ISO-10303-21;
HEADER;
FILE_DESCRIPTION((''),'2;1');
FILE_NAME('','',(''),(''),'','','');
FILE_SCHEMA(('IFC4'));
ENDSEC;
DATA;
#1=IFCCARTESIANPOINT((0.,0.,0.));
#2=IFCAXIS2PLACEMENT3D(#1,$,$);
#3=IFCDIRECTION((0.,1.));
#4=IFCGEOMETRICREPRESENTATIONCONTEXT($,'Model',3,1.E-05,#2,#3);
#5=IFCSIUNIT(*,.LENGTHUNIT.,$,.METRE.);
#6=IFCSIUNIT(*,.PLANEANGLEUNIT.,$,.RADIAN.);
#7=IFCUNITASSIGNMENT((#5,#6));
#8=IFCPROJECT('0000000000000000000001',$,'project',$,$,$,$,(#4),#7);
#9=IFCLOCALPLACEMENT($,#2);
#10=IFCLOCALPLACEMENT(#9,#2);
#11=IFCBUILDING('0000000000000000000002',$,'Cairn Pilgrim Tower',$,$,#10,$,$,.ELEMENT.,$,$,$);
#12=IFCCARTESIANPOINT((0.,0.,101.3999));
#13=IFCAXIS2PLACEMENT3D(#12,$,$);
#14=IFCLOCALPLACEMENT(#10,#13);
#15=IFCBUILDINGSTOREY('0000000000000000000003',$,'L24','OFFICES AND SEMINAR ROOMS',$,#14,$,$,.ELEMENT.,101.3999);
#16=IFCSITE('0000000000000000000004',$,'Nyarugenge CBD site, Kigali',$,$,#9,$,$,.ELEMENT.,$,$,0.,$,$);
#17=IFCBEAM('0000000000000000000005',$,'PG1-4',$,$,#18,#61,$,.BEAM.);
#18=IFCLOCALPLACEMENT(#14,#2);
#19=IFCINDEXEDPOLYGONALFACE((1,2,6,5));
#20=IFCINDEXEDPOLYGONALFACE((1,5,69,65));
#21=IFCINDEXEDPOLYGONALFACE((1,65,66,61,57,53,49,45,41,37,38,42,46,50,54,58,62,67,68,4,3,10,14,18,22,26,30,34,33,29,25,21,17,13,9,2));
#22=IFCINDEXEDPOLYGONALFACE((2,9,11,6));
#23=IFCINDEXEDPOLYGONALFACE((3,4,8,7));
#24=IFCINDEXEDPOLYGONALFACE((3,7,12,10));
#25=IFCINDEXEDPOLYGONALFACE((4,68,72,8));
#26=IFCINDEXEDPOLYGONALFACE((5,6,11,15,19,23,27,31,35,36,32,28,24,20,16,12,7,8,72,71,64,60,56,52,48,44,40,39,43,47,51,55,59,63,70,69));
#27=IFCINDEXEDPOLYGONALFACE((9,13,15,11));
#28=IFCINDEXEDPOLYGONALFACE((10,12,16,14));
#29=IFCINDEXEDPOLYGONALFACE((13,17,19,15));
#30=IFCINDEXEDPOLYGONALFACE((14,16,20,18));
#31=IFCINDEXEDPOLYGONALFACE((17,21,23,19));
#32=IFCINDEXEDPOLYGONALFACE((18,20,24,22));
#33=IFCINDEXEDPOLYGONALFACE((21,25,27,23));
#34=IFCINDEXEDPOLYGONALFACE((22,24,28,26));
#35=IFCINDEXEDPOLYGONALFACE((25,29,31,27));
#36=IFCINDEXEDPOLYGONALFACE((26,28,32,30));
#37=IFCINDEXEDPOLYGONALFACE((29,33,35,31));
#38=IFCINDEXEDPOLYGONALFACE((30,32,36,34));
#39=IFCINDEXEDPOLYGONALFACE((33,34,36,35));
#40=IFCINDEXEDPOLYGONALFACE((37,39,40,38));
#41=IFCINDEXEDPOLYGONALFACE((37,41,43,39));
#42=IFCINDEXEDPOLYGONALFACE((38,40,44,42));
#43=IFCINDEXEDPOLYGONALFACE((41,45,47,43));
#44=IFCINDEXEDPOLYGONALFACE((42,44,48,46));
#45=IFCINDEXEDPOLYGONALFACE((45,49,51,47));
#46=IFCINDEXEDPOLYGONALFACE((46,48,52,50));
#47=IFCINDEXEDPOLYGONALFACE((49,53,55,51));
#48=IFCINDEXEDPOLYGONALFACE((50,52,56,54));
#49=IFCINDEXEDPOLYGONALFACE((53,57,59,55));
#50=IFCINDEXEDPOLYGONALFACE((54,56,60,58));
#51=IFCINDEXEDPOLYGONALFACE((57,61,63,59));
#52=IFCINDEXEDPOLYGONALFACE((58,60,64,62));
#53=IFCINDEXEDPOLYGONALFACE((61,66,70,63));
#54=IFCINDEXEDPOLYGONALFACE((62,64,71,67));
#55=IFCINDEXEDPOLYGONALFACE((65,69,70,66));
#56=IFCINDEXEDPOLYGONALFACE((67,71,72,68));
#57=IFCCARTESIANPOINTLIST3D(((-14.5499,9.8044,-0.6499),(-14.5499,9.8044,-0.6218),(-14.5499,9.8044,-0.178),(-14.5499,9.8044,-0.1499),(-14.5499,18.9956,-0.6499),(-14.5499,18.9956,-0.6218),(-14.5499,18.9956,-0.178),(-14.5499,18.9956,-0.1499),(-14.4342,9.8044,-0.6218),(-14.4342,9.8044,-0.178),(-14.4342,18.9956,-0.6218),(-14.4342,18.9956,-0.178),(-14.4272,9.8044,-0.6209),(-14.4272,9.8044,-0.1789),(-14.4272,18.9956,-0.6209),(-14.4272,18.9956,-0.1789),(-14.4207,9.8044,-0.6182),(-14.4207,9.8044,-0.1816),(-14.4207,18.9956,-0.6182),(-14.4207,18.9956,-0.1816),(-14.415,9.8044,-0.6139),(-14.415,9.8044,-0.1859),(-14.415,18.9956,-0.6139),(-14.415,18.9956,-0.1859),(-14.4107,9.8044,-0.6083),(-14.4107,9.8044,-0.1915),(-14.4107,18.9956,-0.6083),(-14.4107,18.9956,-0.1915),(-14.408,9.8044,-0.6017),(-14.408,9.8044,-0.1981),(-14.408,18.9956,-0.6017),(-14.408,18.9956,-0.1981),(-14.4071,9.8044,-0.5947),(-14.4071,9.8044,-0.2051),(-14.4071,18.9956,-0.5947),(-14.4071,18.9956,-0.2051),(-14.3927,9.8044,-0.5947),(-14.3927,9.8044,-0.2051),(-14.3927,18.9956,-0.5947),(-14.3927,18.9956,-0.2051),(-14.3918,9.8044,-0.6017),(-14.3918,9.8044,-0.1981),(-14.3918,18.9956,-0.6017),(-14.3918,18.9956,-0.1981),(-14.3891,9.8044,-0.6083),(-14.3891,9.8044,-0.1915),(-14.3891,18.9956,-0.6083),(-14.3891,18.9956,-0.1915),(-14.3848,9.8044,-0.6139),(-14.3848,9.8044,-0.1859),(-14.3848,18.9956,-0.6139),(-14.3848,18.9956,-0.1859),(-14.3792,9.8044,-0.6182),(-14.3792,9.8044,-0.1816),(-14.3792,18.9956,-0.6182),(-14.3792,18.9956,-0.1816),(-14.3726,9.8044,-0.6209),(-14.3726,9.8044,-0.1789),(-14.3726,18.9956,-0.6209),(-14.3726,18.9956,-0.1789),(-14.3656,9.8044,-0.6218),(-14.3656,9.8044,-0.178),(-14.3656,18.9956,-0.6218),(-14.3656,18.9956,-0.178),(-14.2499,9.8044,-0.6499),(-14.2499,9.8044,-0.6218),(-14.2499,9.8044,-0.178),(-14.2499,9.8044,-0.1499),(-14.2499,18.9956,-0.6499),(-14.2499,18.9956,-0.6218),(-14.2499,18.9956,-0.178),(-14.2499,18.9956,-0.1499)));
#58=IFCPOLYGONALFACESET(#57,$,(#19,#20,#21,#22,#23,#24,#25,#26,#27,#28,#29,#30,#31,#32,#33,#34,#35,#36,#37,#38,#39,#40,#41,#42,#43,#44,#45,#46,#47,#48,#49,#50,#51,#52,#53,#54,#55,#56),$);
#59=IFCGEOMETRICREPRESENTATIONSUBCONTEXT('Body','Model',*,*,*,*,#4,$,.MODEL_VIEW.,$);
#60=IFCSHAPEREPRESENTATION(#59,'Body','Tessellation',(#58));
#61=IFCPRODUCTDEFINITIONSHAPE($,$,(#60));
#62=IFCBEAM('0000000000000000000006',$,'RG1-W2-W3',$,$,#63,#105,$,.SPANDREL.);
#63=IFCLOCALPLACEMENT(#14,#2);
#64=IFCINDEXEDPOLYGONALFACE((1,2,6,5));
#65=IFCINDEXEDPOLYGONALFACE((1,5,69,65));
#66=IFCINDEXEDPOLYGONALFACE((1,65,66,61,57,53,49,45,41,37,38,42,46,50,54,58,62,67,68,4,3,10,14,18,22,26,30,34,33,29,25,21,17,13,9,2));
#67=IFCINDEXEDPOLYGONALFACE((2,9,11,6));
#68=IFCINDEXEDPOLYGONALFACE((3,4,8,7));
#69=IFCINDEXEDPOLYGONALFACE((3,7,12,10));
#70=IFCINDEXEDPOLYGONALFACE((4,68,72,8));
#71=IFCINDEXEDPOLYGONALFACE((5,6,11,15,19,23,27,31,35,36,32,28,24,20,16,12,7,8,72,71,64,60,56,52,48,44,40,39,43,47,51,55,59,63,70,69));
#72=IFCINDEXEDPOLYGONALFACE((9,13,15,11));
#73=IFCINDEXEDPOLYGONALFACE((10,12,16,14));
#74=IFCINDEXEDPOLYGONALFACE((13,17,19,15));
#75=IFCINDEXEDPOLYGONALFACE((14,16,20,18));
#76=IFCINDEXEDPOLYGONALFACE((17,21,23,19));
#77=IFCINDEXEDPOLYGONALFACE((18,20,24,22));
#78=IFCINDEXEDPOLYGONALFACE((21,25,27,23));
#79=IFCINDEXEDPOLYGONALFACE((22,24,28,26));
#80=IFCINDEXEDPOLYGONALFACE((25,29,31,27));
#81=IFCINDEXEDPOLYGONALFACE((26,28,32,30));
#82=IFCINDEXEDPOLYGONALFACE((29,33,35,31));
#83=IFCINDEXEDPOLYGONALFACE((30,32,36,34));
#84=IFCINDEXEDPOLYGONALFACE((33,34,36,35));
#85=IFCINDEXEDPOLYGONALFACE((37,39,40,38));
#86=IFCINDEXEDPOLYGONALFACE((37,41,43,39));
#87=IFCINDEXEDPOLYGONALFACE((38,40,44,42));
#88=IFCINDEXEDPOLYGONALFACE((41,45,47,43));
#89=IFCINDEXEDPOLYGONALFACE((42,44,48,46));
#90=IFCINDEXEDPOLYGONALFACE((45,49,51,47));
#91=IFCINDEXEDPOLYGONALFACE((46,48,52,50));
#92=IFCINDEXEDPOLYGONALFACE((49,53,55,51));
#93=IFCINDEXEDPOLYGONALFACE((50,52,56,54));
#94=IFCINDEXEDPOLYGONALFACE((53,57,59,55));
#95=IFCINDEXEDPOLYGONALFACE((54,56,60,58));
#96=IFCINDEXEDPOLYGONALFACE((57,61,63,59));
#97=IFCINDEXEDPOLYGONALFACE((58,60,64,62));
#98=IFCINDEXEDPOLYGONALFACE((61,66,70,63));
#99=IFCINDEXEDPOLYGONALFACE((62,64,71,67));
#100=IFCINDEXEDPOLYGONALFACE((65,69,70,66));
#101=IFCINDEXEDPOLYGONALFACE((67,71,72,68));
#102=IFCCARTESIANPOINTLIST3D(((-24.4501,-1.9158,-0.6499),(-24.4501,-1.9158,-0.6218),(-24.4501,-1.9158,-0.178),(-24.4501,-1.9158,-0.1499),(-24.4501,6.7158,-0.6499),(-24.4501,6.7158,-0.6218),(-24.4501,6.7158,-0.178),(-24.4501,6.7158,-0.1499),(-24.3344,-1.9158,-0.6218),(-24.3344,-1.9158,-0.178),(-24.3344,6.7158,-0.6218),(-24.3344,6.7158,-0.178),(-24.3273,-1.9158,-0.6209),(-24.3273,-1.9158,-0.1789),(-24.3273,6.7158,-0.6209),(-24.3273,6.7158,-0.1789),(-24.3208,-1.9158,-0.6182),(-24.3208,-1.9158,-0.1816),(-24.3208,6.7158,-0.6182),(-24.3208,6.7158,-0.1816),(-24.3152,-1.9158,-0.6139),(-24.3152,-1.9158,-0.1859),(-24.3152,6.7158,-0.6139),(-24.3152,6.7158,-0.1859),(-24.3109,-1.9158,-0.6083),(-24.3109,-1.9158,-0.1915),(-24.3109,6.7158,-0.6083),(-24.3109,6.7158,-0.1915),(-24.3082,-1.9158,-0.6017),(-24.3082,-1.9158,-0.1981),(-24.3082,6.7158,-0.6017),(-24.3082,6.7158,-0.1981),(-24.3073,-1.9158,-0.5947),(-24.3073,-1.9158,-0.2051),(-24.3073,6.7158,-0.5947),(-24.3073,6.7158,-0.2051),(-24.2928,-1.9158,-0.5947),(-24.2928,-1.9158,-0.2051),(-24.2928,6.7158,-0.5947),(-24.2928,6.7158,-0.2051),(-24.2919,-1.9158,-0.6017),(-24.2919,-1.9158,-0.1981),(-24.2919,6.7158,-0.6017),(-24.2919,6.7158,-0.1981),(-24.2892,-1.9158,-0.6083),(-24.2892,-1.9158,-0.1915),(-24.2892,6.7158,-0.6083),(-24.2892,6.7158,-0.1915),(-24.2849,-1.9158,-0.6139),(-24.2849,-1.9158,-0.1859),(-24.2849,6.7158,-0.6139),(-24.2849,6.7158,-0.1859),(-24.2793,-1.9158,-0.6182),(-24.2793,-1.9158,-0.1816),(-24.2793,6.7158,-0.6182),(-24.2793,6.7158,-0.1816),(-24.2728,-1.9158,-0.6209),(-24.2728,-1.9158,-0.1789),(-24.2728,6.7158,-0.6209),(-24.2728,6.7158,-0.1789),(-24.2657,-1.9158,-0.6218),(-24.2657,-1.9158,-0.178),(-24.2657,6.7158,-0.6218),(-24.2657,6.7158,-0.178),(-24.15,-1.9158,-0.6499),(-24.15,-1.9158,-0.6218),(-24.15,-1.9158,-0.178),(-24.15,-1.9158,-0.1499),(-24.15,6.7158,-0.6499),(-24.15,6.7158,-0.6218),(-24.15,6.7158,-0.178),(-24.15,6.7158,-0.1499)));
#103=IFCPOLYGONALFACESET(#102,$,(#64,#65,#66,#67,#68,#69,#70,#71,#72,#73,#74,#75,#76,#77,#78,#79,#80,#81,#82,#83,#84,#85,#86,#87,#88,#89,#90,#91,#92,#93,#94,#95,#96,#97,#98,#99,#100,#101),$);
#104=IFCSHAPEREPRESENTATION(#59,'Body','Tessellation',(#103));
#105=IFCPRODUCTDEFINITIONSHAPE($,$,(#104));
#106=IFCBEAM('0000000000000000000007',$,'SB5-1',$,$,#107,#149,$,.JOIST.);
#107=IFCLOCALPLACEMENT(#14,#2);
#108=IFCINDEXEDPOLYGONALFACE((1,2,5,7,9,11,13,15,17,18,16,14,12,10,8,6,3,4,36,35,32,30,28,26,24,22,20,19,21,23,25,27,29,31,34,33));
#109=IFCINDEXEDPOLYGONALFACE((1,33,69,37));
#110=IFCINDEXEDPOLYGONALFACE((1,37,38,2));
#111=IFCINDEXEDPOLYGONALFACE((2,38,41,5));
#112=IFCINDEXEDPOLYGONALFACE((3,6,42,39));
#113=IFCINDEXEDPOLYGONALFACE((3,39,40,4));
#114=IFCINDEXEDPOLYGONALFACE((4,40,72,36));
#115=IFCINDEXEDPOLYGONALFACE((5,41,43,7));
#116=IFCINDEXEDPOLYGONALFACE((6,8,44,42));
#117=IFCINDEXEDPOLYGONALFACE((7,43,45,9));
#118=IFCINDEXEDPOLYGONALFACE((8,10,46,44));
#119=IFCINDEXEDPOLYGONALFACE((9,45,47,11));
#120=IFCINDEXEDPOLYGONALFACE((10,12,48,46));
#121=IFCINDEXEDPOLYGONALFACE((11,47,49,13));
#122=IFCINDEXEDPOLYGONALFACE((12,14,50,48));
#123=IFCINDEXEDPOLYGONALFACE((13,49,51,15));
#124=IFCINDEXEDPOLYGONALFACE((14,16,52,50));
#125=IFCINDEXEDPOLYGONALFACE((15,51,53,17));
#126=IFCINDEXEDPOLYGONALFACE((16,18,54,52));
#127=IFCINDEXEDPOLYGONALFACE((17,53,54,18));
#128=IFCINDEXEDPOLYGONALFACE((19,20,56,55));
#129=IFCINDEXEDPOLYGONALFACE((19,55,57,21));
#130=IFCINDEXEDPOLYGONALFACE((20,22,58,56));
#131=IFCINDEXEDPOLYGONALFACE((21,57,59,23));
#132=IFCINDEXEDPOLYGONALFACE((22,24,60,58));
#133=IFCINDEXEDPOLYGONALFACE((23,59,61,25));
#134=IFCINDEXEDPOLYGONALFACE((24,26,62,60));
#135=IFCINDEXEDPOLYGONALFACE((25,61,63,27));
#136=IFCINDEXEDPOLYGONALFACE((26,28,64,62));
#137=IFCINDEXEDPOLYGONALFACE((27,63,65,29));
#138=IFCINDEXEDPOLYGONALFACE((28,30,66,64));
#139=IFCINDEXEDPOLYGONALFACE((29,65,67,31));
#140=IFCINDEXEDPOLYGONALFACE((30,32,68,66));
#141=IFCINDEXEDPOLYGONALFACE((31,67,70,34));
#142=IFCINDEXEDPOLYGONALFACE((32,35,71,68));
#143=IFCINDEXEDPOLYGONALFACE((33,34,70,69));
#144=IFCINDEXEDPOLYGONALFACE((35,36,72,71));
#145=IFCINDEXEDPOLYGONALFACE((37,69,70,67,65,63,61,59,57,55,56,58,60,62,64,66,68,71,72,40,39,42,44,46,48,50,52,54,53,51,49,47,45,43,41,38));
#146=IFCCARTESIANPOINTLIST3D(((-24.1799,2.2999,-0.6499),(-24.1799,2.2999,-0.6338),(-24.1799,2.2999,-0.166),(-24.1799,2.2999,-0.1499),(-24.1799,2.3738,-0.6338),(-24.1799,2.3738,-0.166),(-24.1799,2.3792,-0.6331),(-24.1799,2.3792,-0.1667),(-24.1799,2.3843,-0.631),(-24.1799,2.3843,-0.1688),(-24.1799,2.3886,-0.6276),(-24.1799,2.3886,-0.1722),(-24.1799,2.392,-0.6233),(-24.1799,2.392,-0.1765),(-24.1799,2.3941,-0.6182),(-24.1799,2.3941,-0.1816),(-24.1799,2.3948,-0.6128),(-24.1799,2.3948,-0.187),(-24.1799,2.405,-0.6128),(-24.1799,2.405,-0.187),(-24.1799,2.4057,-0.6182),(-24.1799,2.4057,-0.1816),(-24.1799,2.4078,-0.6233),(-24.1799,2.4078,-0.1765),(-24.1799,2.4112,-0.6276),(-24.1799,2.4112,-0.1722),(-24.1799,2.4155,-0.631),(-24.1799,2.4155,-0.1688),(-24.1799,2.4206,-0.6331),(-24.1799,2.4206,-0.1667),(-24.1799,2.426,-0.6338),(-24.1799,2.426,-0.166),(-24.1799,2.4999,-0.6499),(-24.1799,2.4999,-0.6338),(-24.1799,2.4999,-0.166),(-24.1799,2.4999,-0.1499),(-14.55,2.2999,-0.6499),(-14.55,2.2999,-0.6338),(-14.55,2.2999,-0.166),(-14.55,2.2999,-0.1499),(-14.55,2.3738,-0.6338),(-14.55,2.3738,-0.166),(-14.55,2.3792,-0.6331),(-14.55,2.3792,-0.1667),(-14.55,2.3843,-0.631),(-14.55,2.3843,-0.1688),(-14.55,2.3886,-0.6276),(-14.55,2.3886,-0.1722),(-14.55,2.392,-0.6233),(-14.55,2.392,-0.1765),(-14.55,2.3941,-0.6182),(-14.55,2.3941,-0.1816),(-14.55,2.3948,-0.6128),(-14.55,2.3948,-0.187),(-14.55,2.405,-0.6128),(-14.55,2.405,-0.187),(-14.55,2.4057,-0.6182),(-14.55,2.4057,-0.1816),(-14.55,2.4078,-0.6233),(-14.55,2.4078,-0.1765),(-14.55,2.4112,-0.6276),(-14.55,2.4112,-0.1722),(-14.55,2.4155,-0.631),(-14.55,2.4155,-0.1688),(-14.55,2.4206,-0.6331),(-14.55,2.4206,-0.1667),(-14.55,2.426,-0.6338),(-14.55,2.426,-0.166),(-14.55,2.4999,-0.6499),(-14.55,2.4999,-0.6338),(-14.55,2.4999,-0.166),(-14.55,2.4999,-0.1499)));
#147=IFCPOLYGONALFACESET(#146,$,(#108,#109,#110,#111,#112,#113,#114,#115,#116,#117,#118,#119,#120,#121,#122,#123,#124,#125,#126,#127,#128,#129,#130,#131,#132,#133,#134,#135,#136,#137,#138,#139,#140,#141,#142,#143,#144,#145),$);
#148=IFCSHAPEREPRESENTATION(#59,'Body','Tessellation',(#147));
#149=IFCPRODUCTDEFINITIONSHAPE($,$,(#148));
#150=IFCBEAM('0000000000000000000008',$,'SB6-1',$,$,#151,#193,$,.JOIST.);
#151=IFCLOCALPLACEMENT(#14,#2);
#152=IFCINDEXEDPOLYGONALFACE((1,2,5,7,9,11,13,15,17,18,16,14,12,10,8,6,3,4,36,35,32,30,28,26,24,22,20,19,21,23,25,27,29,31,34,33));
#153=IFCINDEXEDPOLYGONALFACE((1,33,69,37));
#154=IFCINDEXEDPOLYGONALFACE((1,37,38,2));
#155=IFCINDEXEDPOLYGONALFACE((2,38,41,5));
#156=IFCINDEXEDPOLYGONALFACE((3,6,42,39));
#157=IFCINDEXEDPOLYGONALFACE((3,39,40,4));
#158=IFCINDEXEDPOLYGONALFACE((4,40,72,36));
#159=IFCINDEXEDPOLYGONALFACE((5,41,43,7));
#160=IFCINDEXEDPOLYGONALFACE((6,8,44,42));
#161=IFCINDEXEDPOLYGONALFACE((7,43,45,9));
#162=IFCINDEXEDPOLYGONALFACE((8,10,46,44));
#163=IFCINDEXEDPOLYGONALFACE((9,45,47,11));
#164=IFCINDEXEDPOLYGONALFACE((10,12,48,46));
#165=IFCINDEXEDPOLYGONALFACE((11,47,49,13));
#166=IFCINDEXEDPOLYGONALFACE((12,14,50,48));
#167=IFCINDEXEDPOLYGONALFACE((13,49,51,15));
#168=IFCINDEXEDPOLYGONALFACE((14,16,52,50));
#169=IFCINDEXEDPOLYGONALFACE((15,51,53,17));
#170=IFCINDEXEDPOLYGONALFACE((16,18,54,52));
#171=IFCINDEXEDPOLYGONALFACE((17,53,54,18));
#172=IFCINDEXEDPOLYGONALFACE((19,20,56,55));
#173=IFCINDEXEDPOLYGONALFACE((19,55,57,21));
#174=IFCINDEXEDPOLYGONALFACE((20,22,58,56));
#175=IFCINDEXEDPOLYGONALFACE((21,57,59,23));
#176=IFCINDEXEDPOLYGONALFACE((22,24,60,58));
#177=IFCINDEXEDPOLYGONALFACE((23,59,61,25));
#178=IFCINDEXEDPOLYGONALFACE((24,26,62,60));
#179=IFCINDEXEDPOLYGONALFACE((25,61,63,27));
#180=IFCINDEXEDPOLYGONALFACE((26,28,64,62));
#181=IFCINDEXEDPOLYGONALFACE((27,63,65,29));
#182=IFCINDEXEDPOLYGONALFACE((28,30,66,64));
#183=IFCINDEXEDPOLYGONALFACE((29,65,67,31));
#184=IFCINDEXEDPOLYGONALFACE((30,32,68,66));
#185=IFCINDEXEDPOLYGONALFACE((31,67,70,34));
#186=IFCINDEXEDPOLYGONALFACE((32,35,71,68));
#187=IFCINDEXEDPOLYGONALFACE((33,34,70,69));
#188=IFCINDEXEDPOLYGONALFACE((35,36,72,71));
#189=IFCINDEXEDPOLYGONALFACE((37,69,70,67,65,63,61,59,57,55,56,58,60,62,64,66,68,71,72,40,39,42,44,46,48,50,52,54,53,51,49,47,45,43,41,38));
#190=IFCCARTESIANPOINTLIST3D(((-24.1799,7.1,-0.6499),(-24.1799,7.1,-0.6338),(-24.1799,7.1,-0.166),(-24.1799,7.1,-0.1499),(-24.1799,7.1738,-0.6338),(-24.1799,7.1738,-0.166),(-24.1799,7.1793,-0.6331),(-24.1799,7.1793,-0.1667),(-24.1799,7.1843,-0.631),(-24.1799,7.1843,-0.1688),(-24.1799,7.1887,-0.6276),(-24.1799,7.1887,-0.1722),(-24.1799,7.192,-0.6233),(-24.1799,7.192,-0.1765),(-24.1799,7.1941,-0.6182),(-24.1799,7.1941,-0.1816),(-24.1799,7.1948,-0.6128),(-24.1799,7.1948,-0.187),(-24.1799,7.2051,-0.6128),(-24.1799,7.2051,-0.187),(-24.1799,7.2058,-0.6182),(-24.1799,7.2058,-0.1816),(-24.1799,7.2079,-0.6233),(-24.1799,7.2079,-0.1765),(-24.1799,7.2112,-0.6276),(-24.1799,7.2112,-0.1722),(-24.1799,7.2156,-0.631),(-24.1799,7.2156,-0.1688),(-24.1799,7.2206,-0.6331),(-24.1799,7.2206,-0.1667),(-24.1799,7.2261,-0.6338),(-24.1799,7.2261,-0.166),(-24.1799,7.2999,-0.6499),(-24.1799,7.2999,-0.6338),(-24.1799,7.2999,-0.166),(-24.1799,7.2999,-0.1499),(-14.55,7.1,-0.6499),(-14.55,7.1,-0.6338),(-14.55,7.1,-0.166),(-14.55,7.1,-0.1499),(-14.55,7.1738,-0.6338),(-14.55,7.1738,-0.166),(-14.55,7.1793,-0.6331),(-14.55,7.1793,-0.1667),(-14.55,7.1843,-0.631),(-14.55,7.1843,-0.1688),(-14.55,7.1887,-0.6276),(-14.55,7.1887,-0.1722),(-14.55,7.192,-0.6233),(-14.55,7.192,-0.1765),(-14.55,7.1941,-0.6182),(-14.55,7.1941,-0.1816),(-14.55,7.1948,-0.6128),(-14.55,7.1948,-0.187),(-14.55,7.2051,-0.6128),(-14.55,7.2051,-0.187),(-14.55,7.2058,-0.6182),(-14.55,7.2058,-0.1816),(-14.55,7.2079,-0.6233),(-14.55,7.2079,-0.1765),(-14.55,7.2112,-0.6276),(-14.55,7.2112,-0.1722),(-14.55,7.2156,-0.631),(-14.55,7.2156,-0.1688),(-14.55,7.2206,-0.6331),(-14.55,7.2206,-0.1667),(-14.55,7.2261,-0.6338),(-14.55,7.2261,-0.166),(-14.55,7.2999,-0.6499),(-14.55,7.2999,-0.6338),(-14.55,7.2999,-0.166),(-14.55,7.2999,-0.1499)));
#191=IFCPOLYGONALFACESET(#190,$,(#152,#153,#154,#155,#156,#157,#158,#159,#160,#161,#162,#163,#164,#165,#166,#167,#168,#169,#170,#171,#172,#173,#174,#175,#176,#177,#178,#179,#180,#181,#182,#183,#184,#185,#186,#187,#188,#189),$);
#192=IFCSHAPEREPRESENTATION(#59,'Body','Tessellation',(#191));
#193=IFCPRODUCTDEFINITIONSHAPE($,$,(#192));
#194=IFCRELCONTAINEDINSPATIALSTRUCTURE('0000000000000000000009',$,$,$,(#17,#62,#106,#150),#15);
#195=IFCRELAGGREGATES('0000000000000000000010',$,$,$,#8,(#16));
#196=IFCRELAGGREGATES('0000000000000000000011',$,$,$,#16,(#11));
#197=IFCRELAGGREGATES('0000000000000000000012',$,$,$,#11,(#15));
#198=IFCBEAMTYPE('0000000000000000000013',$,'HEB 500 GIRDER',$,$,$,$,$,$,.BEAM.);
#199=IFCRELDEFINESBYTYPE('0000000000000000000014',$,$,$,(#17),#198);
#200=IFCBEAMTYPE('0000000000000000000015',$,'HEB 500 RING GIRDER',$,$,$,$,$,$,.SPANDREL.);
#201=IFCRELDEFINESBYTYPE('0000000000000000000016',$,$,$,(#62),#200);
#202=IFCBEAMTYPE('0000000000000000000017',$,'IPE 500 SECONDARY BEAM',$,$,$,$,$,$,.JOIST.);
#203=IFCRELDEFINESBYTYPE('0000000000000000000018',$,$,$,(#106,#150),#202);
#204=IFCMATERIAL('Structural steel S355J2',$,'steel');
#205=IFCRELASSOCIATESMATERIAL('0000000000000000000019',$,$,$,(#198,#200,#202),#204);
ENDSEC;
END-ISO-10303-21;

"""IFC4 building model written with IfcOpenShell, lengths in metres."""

from ifc_helpers import new_model, si_unit, direction, frame, origin, origin_2d, place, context, subcontext, project, spatial, i_section, extrude, material, material_profile, profile_set, type_object, element, save


model = new_model("IFC4")

# Units and contexts
model_context = context("Model", 3, precision=1e-05, world=origin(), true_north=direction((0.0, 1.0)))
body_context = subcontext(model_context, "Body", "Model", "MODEL_VIEW")
ifc_project = project(units=[si_unit("LENGTHUNIT", "METRE"), si_unit("PLANEANGLEUNIT", "RADIAN")], contexts=[model_context])

# Site, building, storey
site_placement = place(None, origin())
site = spatial("IfcSite", under=ifc_project, at=site_placement, Name="Nyarugenge CBD site, Kigali", CompositionType="ELEMENT", RefElevation=0.0)
building_placement = place(site_placement, origin())
building = spatial("IfcBuilding", under=site, at=building_placement, Name="Cairn Pilgrim Tower", CompositionType="ELEMENT")
storey_placement = place(building_placement, frame((0.0, 0.0, 101.3999)))
storey = spatial("IfcBuildingStorey", under=building, at=storey_placement, Name="L24", Description="OFFICES AND SEMINAR ROOMS", CompositionType="ELEMENT", Elevation=101.3999)

# Beams
ifc_material_1 = material(Name="Structural steel S355J2", Category="steel")
ifc_material_profile_1 = material_profile(ifc_material_1, i_section(OverallWidth=0.3, OverallDepth=0.5, WebThickness=0.0144, FlangeThickness=0.0281, FilletRadius=0.0271, at=origin_2d()), Name="HEB 500")
ifc_profile_set_1 = profile_set([ifc_material_profile_1], Name="Structural steel S355J2")
beam_type_1 = type_object("IfcBeamType", Name="HEB 500 GIRDER", PredefinedType="BEAM", material=ifc_profile_set_1)
beam_1_placement = place(storey_placement, frame((-14.3999, 9.8044, -0.3999), z_axis=(0.0, 1.0, 0.0), x_axis=(-1.0, 0.0, 0.0)))
element("IfcBeam", 1, at=beam_1_placement, inside=storey, type_object=beam_type_1, Name="PG1-4", PredefinedType="BEAM", context=body_context, shape_type="SweptSolid", body=[
    extrude(i_section(OverallWidth=0.3, OverallDepth=0.5, WebThickness=0.0144, FlangeThickness=0.0281, FilletRadius=0.0271, at=origin_2d()), origin(), (0.0, 0.0, 1.0), 9.1912),
])
ifc_material_profile_2 = material_profile(ifc_material_1, i_section(OverallWidth=0.3, OverallDepth=0.5, WebThickness=0.0144, FlangeThickness=0.0281, FilletRadius=0.0271, at=origin_2d()), Name="HEB 500")
ifc_profile_set_2 = profile_set([ifc_material_profile_2], Name="Structural steel S355J2")
beam_type_2 = type_object("IfcBeamType", Name="HEB 500 RING GIRDER", PredefinedType="SPANDREL", material=ifc_profile_set_2)
beam_2_placement = place(storey_placement, frame((-24.3, 6.7158, -0.3999), z_axis=(0.0, -1.0, 0.0), x_axis=(1.0, 0.0, 0.0)))
element("IfcBeam", 2, at=beam_2_placement, inside=storey, type_object=beam_type_2, Name="RG1-W2-W3", PredefinedType="SPANDREL", context=body_context, shape_type="SweptSolid", body=[
    extrude(i_section(OverallWidth=0.3, OverallDepth=0.5, WebThickness=0.0144, FlangeThickness=0.0281, FilletRadius=0.0271, at=origin_2d()), origin(), (0.0, 0.0, 1.0), 8.6316),
])
ifc_material_profile_3 = material_profile(ifc_material_1, i_section(OverallWidth=0.2, OverallDepth=0.5, WebThickness=0.0103, FlangeThickness=0.0161, FilletRadius=0.021, at=origin_2d()), Name="IPE 500")
ifc_profile_set_3 = profile_set([ifc_material_profile_3], Name="Structural steel S355J2")
beam_type_3 = type_object("IfcBeamType", Name="IPE 500 SECONDARY BEAM", PredefinedType="JOIST", material=ifc_profile_set_3)
for number, where, z_axis, x_axis, name in (
    (3, (-24.1799, 2.3999, -0.3999), (1.0, 0.0, 0.0), (0.0, 1.0, 0.0), "SB5-1"),
    (4, (-24.1799, 7.2, -0.3999), (1.0, 0.0, 0.0), (0.0, 1.0, 0.0), "SB6-1"),
):
    element("IfcBeam", number, at=place(storey_placement, frame(where, z_axis=z_axis, x_axis=x_axis)), inside=storey, type_object=beam_type_3, Name=name, PredefinedType="JOIST", context=body_context, shape_type="SweptSolid", body=[
        extrude(i_section(OverallWidth=0.2, OverallDepth=0.5, WebThickness=0.0103, FlangeThickness=0.0161, FilletRadius=0.021, at=origin_2d()), origin(), (0.0, 0.0, 1.0), 9.6299),
    ])

save(model, "model.ifc")
